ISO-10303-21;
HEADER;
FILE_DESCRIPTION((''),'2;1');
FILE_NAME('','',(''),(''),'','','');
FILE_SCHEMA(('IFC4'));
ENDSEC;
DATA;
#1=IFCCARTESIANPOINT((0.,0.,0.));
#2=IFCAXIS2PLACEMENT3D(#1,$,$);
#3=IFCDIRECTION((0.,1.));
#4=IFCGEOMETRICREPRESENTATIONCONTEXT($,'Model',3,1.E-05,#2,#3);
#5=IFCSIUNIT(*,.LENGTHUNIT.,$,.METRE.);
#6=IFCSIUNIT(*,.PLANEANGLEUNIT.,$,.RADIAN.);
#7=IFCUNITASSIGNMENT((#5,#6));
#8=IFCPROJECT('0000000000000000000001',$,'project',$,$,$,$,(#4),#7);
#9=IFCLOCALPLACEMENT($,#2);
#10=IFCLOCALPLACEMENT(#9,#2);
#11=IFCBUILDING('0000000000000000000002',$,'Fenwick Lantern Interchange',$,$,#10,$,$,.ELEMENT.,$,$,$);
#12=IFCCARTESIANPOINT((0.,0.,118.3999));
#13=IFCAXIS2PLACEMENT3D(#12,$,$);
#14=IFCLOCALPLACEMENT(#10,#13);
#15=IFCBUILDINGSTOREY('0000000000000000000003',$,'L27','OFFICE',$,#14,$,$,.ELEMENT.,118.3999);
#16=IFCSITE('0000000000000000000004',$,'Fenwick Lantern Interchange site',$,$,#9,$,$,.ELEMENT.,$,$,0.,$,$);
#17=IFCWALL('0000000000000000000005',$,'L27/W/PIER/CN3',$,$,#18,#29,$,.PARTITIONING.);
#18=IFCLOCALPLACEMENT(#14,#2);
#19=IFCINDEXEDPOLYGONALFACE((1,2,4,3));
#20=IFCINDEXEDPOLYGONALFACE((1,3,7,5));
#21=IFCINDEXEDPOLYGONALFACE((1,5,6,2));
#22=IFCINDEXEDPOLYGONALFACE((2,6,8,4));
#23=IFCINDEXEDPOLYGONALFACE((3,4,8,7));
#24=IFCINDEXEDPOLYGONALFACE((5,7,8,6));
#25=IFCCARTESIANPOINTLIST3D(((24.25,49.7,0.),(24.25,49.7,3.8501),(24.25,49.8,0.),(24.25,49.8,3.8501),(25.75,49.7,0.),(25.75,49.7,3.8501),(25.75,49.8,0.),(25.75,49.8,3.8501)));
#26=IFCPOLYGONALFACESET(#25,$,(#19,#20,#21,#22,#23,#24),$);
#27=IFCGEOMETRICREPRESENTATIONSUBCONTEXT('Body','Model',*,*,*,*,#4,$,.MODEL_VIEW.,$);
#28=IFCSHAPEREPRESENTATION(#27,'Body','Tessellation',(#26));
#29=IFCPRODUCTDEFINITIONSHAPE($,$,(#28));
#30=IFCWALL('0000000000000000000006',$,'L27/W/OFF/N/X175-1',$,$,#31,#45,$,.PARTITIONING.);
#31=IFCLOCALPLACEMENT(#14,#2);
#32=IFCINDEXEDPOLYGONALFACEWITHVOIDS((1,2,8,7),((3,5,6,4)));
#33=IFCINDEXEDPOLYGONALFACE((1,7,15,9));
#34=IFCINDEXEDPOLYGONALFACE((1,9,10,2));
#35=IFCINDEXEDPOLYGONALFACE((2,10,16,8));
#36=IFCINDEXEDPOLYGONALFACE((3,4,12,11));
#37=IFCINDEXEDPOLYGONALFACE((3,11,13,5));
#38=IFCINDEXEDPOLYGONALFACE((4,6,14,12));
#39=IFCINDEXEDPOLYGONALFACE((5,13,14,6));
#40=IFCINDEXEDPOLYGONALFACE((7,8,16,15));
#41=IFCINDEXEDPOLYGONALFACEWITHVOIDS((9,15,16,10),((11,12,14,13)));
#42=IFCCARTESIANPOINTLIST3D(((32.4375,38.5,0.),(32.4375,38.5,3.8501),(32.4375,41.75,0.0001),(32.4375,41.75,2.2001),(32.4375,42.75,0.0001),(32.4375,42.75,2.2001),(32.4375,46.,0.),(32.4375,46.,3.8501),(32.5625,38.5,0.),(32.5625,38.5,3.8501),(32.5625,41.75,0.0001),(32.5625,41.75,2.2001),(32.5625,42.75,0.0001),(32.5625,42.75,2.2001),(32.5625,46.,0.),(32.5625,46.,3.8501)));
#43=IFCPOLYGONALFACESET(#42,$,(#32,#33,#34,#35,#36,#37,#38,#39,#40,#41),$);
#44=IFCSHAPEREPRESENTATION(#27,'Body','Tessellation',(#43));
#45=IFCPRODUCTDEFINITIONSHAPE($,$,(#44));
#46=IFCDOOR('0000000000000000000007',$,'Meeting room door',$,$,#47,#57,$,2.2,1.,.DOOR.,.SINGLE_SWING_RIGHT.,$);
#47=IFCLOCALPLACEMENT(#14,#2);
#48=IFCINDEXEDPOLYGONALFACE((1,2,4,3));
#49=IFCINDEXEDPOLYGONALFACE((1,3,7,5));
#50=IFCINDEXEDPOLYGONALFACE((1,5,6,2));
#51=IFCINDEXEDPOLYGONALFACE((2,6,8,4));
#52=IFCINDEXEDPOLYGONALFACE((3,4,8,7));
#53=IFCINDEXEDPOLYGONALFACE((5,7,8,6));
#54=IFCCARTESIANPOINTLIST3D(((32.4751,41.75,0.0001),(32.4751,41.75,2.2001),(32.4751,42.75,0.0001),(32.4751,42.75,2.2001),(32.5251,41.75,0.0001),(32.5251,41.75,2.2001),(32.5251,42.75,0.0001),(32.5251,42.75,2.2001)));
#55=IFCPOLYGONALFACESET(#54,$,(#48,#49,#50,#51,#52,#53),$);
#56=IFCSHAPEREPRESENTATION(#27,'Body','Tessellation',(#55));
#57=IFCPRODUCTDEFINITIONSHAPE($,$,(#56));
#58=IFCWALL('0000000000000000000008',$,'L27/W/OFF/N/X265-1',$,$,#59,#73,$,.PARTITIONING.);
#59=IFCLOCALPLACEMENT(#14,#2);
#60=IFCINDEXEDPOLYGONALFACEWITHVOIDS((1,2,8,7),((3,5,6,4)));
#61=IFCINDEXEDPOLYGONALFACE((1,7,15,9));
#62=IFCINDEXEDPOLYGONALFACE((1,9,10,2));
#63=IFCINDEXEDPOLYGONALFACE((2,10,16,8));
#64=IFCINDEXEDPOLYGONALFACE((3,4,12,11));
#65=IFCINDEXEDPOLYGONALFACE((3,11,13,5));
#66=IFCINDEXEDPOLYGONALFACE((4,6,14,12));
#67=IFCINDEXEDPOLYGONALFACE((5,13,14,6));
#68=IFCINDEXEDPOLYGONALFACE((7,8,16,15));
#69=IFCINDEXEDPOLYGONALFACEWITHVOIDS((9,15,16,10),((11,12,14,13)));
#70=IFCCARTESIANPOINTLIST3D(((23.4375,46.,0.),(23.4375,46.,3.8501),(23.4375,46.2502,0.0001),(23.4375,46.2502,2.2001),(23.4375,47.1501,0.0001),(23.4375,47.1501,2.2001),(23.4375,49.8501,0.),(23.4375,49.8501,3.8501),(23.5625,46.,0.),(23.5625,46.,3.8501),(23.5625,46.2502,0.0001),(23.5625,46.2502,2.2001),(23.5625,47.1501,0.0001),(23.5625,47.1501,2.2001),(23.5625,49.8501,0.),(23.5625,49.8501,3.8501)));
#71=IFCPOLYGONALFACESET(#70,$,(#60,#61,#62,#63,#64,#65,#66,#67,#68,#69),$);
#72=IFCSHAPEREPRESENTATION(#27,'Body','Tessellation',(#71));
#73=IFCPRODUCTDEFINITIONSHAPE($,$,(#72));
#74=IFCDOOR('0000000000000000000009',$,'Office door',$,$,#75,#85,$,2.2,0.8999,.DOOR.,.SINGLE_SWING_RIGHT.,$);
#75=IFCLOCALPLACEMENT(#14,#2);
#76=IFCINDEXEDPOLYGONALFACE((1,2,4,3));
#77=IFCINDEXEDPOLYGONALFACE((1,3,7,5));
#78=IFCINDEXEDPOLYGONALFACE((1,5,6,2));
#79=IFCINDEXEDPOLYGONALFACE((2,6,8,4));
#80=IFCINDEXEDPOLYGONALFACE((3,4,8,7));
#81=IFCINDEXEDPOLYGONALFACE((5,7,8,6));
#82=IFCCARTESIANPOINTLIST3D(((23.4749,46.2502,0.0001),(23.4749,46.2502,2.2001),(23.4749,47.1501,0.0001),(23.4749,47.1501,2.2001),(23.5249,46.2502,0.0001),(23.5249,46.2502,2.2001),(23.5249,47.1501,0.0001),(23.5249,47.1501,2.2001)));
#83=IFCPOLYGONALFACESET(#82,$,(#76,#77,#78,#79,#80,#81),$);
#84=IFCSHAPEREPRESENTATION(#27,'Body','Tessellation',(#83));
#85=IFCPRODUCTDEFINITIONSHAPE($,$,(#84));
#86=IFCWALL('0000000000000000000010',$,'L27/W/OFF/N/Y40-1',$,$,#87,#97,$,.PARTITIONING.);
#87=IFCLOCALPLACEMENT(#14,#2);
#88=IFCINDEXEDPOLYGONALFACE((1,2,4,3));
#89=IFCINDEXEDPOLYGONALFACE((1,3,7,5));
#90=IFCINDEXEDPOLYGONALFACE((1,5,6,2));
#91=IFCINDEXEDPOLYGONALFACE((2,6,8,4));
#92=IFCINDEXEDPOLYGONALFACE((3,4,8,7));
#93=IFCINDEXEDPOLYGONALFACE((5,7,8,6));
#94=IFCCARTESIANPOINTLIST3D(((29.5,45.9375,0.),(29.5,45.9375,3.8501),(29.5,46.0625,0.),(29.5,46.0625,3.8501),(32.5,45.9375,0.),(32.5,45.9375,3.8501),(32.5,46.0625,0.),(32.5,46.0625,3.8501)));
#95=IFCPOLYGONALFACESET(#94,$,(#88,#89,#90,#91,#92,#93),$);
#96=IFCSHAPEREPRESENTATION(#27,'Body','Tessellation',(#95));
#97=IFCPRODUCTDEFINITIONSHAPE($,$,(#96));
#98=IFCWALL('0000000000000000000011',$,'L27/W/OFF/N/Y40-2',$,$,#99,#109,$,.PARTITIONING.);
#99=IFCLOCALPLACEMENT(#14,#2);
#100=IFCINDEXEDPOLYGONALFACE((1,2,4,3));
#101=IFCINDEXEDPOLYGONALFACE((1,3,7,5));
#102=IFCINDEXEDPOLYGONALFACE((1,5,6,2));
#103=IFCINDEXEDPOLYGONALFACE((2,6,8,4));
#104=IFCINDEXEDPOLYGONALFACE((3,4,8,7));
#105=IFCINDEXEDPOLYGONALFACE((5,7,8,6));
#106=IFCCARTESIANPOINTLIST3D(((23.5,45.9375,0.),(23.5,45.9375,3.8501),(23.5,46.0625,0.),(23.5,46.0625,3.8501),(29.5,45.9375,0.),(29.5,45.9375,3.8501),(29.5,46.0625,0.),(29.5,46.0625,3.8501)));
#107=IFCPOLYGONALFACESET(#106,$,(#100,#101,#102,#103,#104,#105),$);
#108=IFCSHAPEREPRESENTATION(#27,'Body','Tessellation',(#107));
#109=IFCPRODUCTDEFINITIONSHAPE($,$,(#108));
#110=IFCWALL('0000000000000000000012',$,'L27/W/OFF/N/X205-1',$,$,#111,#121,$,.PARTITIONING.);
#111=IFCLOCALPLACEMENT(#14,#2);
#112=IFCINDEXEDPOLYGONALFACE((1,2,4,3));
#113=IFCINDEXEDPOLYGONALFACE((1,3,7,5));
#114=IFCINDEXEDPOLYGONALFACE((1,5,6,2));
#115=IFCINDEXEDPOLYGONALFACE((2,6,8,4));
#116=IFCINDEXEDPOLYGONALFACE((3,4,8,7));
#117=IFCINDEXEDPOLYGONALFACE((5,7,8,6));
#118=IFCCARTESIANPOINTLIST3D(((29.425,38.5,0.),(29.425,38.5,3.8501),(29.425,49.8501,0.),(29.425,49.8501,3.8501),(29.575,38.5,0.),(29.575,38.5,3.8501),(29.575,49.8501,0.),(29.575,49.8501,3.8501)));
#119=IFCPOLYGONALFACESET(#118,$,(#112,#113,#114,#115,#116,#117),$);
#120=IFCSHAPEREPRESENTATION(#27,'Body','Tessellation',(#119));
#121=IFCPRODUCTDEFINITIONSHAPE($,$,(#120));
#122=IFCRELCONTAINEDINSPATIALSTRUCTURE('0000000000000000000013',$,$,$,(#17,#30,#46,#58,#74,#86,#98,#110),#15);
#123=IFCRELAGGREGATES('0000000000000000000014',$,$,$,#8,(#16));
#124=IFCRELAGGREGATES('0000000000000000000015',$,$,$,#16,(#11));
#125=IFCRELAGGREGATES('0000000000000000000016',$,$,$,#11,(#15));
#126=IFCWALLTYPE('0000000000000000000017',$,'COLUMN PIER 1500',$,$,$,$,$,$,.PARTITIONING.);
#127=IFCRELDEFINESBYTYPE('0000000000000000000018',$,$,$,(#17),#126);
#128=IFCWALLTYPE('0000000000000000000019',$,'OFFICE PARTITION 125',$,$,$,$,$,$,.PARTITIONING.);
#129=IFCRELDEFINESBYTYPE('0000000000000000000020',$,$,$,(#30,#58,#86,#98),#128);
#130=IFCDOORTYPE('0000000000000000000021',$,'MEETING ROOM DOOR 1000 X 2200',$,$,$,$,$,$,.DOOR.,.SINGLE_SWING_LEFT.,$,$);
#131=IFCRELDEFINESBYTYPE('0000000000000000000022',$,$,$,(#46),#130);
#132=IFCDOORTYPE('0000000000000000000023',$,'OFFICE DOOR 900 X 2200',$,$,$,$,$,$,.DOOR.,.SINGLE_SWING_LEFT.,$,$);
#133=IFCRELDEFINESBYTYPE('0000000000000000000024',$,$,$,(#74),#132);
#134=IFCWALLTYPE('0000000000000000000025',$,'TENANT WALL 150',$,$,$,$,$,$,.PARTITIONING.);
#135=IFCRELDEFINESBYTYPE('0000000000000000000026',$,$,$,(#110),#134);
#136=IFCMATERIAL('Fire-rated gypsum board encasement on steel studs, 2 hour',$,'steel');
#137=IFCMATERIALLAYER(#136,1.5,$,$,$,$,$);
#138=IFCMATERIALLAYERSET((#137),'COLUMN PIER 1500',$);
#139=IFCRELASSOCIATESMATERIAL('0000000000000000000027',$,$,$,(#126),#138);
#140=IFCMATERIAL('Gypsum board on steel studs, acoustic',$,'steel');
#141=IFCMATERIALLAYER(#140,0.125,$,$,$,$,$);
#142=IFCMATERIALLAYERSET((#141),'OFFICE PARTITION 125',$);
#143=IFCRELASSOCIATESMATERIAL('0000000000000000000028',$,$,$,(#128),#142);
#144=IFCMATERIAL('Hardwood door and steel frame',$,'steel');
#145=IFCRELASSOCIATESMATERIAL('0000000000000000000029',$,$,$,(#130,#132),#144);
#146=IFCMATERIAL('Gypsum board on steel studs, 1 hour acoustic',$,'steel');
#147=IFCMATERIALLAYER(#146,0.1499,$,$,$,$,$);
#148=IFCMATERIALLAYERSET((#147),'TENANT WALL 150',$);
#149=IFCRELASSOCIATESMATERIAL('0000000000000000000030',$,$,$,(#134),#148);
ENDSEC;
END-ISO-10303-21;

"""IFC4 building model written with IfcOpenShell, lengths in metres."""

from ifc_helpers import new_model, si_unit, direction, frame, frame_2d, origin, place, context, subcontext, project, spatial, rectangle, extrude, material, layer, layer_set, type_object, element, fill, save


model = new_model("IFC4")

# Units and contexts
model_context = context("Model", 3, precision=1e-05, world=origin(), true_north=direction((0.0, 1.0)))
body_context = subcontext(model_context, "Body", "Model", "MODEL_VIEW")
ifc_project = project(units=[si_unit("LENGTHUNIT", "METRE"), si_unit("PLANEANGLEUNIT", "RADIAN")], contexts=[model_context])

# Site, building, storey
site_placement = place(None, origin())
site = spatial("IfcSite", under=ifc_project, at=site_placement, Name="Fenwick Lantern Interchange site", CompositionType="ELEMENT", RefElevation=0.0)
building_placement = place(site_placement, origin())
building = spatial("IfcBuilding", under=site, at=building_placement, Name="Fenwick Lantern Interchange", CompositionType="ELEMENT")
storey_placement = place(building_placement, frame((0.0, 0.0, 118.3999)))
storey = spatial("IfcBuildingStorey", under=building, at=storey_placement, Name="L27", Description="OFFICE", CompositionType="ELEMENT", Elevation=118.3999)

# Wall
ifc_material_1 = material(Name="Fire-rated gypsum board encasement on steel studs, 2 hour", Category="steel")
ifc_layer_1 = layer(ifc_material_1, 1.5)
ifc_layer_set_1 = layer_set([ifc_layer_1], Name="COLUMN PIER 1500")
wall_type_1 = type_object("IfcWallType", Name="COLUMN PIER 1500", PredefinedType="PARTITIONING", material=ifc_layer_set_1)
wall_1_placement = place(storey_placement, frame((25.0, 49.8, 0.0), z_axis=(0.0, 0.0, 1.0), x_axis=(0.0, -1.0, 0.0)))
element("IfcWall", 1, at=wall_1_placement, inside=storey, type_object=wall_type_1, Name="L27/W/PIER/CN3", PredefinedType="PARTITIONING", context=body_context, shape_type="SweptSolid", body=[
    extrude(rectangle(XDim=0.1001, YDim=1.5, at=frame_2d((0.05, 0.0))), origin(), (0.0, 0.0, 1.0), 3.8501),
])

# Walls, openings, doors
ifc_material_2 = material(Name="Gypsum board on steel studs, acoustic", Category="steel")
ifc_layer_2 = layer(ifc_material_2, 0.125)
ifc_layer_set_2 = layer_set([ifc_layer_2], Name="OFFICE PARTITION 125")
wall_type_2 = type_object("IfcWallType", Name="OFFICE PARTITION 125", PredefinedType="PARTITIONING", material=ifc_layer_set_2)
wall_2_placement = place(storey_placement, frame((32.5, 46.0, 0.0), z_axis=(0.0, 0.0, 1.0), x_axis=(0.0, -1.0, 0.0)))
wall_2 = element("IfcWall", 2, at=wall_2_placement, inside=storey, type_object=wall_type_2, Name="L27/W/OFF/N/X175-1", PredefinedType="PARTITIONING", context=body_context, shape_type="SweptSolid", body=[
    extrude(rectangle(XDim=7.5, YDim=0.125, at=frame_2d((3.75, 0.0))), origin(), (0.0, 0.0, 1.0), 3.8501),
])
opening_1_placement = place(wall_2_placement, frame((3.25, 0.0, 0.0)))
opening_1 = element("IfcOpeningElement", 3, at=opening_1_placement, cuts=wall_2, PredefinedType="OPENING", context=body_context, shape_type="SweptSolid", body=[
    extrude(rectangle(XDim=1.0, YDim=2.2, at=frame_2d((0.5, 1.1001))), frame((0.0, 0.0725, 0.0), z_axis=(0.0, -1.0, 0.0), x_axis=(1.0, 0.0, 0.0)), (0.0, 0.0, 1.0), 0.145),
])
ifc_material_3 = material(Name="Hardwood door and steel frame", Category="steel")
door_type_1 = type_object("IfcDoorType", Name="MEETING ROOM DOOR 1000 X 2200", OperationType="SINGLE_SWING_LEFT", PredefinedType="DOOR", material=ifc_material_3)
door_1_placement = place(opening_1_placement, frame((1.0, 0.0, 0.0), z_axis=(0.0, 0.0, 1.0), x_axis=(-1.0, 0.0, 0.0)))
door_1 = element("IfcDoor", 4, at=door_1_placement, inside=storey, type_object=door_type_1, Name="Meeting room door", OperationType="SINGLE_SWING_RIGHT", OverallHeight=2.2, OverallWidth=1.0, PredefinedType="DOOR", context=body_context, shape_type="SweptSolid", body=[
    extrude(rectangle(XDim=1.0, YDim=2.2, at=frame_2d((0.5, 1.1001))), frame((0.0, 0.0249, 0.0), z_axis=(0.0, -1.0, 0.0), x_axis=(1.0, 0.0, 0.0)), (0.0, 0.0, 1.0), 0.05),
])
fill(opening_1, door_1)
wall_3_placement = place(storey_placement, frame((23.5, 49.8501, 0.0), z_axis=(0.0, 0.0, 1.0), x_axis=(0.0, -1.0, 0.0)))
wall_3 = element("IfcWall", 5, at=wall_3_placement, inside=storey, type_object=wall_type_2, Name="L27/W/OFF/N/X265-1", PredefinedType="PARTITIONING", context=body_context, shape_type="SweptSolid", body=[
    extrude(rectangle(XDim=3.8501, YDim=0.125, at=frame_2d((1.925, 0.0))), origin(), (0.0, 0.0, 1.0), 3.8501),
])
opening_2_placement = place(wall_3_placement, frame((2.7, 0.0, 0.0)))
opening_2 = element("IfcOpeningElement", 6, at=opening_2_placement, cuts=wall_3, PredefinedType="OPENING", context=body_context, shape_type="SweptSolid", body=[
    extrude(rectangle(XDim=0.8999, YDim=2.2, at=frame_2d((0.45, 1.1001))), frame((0.0, 0.0725, 0.0), z_axis=(0.0, -1.0, 0.0), x_axis=(1.0, 0.0, 0.0)), (0.0, 0.0, 1.0), 0.145),
])
door_type_2 = type_object("IfcDoorType", Name="OFFICE DOOR 900 X 2200", OperationType="SINGLE_SWING_LEFT", PredefinedType="DOOR", material=ifc_material_3)
door_2_placement = place(opening_2_placement, origin())
door_2 = element("IfcDoor", 7, at=door_2_placement, inside=storey, type_object=door_type_2, Name="Office door", OperationType="SINGLE_SWING_RIGHT", OverallHeight=2.2, OverallWidth=0.8999, PredefinedType="DOOR", context=body_context, shape_type="SweptSolid", body=[
    extrude(rectangle(XDim=0.8999, YDim=2.2, at=frame_2d((0.45, 1.1001))), frame((0.0, 0.0249, 0.0), z_axis=(0.0, -1.0, 0.0), x_axis=(1.0, 0.0, 0.0)), (0.0, 0.0, 1.0), 0.05),
])
fill(opening_2, door_2)

# Walls
wall_4_placement = place(storey_placement, frame((32.5, 46.0, 0.0), z_axis=(0.0, 0.0, 1.0), x_axis=(-1.0, 0.0, 0.0)))
element("IfcWall", 8, at=wall_4_placement, inside=storey, type_object=wall_type_2, Name="L27/W/OFF/N/Y40-1", PredefinedType="PARTITIONING", context=body_context, shape_type="SweptSolid", body=[
    extrude(rectangle(XDim=3.0, YDim=0.125, at=frame_2d((1.5, 0.0))), origin(), (0.0, 0.0, 1.0), 3.8501),
])
wall_5_placement = place(storey_placement, frame((29.5, 46.0, 0.0), z_axis=(0.0, 0.0, 1.0), x_axis=(-1.0, 0.0, 0.0)))
element("IfcWall", 9, at=wall_5_placement, inside=storey, type_object=wall_type_2, Name="L27/W/OFF/N/Y40-2", PredefinedType="PARTITIONING", context=body_context, shape_type="SweptSolid", body=[
    extrude(rectangle(XDim=6.0, YDim=0.125, at=frame_2d((3.0, 0.0))), origin(), (0.0, 0.0, 1.0), 3.8501),
])
ifc_material_4 = material(Name="Gypsum board on steel studs, 1 hour acoustic", Category="steel")
ifc_layer_3 = layer(ifc_material_4, 0.1499)
ifc_layer_set_3 = layer_set([ifc_layer_3], Name="TENANT WALL 150")
wall_type_3 = type_object("IfcWallType", Name="TENANT WALL 150", PredefinedType="PARTITIONING", material=ifc_layer_set_3)
wall_6_placement = place(storey_placement, frame((29.5, 49.8501, 0.0), z_axis=(0.0, 0.0, 1.0), x_axis=(0.0, -1.0, 0.0)))
element("IfcWall", 10, at=wall_6_placement, inside=storey, type_object=wall_type_3, Name="L27/W/OFF/N/X205-1", PredefinedType="PARTITIONING", context=body_context, shape_type="SweptSolid", body=[
    extrude(rectangle(XDim=11.3501, YDim=0.1499, at=frame_2d((5.675, 0.0))), origin(), (0.0, 0.0, 1.0), 3.8501),
])

save(model, "model.ifc")
